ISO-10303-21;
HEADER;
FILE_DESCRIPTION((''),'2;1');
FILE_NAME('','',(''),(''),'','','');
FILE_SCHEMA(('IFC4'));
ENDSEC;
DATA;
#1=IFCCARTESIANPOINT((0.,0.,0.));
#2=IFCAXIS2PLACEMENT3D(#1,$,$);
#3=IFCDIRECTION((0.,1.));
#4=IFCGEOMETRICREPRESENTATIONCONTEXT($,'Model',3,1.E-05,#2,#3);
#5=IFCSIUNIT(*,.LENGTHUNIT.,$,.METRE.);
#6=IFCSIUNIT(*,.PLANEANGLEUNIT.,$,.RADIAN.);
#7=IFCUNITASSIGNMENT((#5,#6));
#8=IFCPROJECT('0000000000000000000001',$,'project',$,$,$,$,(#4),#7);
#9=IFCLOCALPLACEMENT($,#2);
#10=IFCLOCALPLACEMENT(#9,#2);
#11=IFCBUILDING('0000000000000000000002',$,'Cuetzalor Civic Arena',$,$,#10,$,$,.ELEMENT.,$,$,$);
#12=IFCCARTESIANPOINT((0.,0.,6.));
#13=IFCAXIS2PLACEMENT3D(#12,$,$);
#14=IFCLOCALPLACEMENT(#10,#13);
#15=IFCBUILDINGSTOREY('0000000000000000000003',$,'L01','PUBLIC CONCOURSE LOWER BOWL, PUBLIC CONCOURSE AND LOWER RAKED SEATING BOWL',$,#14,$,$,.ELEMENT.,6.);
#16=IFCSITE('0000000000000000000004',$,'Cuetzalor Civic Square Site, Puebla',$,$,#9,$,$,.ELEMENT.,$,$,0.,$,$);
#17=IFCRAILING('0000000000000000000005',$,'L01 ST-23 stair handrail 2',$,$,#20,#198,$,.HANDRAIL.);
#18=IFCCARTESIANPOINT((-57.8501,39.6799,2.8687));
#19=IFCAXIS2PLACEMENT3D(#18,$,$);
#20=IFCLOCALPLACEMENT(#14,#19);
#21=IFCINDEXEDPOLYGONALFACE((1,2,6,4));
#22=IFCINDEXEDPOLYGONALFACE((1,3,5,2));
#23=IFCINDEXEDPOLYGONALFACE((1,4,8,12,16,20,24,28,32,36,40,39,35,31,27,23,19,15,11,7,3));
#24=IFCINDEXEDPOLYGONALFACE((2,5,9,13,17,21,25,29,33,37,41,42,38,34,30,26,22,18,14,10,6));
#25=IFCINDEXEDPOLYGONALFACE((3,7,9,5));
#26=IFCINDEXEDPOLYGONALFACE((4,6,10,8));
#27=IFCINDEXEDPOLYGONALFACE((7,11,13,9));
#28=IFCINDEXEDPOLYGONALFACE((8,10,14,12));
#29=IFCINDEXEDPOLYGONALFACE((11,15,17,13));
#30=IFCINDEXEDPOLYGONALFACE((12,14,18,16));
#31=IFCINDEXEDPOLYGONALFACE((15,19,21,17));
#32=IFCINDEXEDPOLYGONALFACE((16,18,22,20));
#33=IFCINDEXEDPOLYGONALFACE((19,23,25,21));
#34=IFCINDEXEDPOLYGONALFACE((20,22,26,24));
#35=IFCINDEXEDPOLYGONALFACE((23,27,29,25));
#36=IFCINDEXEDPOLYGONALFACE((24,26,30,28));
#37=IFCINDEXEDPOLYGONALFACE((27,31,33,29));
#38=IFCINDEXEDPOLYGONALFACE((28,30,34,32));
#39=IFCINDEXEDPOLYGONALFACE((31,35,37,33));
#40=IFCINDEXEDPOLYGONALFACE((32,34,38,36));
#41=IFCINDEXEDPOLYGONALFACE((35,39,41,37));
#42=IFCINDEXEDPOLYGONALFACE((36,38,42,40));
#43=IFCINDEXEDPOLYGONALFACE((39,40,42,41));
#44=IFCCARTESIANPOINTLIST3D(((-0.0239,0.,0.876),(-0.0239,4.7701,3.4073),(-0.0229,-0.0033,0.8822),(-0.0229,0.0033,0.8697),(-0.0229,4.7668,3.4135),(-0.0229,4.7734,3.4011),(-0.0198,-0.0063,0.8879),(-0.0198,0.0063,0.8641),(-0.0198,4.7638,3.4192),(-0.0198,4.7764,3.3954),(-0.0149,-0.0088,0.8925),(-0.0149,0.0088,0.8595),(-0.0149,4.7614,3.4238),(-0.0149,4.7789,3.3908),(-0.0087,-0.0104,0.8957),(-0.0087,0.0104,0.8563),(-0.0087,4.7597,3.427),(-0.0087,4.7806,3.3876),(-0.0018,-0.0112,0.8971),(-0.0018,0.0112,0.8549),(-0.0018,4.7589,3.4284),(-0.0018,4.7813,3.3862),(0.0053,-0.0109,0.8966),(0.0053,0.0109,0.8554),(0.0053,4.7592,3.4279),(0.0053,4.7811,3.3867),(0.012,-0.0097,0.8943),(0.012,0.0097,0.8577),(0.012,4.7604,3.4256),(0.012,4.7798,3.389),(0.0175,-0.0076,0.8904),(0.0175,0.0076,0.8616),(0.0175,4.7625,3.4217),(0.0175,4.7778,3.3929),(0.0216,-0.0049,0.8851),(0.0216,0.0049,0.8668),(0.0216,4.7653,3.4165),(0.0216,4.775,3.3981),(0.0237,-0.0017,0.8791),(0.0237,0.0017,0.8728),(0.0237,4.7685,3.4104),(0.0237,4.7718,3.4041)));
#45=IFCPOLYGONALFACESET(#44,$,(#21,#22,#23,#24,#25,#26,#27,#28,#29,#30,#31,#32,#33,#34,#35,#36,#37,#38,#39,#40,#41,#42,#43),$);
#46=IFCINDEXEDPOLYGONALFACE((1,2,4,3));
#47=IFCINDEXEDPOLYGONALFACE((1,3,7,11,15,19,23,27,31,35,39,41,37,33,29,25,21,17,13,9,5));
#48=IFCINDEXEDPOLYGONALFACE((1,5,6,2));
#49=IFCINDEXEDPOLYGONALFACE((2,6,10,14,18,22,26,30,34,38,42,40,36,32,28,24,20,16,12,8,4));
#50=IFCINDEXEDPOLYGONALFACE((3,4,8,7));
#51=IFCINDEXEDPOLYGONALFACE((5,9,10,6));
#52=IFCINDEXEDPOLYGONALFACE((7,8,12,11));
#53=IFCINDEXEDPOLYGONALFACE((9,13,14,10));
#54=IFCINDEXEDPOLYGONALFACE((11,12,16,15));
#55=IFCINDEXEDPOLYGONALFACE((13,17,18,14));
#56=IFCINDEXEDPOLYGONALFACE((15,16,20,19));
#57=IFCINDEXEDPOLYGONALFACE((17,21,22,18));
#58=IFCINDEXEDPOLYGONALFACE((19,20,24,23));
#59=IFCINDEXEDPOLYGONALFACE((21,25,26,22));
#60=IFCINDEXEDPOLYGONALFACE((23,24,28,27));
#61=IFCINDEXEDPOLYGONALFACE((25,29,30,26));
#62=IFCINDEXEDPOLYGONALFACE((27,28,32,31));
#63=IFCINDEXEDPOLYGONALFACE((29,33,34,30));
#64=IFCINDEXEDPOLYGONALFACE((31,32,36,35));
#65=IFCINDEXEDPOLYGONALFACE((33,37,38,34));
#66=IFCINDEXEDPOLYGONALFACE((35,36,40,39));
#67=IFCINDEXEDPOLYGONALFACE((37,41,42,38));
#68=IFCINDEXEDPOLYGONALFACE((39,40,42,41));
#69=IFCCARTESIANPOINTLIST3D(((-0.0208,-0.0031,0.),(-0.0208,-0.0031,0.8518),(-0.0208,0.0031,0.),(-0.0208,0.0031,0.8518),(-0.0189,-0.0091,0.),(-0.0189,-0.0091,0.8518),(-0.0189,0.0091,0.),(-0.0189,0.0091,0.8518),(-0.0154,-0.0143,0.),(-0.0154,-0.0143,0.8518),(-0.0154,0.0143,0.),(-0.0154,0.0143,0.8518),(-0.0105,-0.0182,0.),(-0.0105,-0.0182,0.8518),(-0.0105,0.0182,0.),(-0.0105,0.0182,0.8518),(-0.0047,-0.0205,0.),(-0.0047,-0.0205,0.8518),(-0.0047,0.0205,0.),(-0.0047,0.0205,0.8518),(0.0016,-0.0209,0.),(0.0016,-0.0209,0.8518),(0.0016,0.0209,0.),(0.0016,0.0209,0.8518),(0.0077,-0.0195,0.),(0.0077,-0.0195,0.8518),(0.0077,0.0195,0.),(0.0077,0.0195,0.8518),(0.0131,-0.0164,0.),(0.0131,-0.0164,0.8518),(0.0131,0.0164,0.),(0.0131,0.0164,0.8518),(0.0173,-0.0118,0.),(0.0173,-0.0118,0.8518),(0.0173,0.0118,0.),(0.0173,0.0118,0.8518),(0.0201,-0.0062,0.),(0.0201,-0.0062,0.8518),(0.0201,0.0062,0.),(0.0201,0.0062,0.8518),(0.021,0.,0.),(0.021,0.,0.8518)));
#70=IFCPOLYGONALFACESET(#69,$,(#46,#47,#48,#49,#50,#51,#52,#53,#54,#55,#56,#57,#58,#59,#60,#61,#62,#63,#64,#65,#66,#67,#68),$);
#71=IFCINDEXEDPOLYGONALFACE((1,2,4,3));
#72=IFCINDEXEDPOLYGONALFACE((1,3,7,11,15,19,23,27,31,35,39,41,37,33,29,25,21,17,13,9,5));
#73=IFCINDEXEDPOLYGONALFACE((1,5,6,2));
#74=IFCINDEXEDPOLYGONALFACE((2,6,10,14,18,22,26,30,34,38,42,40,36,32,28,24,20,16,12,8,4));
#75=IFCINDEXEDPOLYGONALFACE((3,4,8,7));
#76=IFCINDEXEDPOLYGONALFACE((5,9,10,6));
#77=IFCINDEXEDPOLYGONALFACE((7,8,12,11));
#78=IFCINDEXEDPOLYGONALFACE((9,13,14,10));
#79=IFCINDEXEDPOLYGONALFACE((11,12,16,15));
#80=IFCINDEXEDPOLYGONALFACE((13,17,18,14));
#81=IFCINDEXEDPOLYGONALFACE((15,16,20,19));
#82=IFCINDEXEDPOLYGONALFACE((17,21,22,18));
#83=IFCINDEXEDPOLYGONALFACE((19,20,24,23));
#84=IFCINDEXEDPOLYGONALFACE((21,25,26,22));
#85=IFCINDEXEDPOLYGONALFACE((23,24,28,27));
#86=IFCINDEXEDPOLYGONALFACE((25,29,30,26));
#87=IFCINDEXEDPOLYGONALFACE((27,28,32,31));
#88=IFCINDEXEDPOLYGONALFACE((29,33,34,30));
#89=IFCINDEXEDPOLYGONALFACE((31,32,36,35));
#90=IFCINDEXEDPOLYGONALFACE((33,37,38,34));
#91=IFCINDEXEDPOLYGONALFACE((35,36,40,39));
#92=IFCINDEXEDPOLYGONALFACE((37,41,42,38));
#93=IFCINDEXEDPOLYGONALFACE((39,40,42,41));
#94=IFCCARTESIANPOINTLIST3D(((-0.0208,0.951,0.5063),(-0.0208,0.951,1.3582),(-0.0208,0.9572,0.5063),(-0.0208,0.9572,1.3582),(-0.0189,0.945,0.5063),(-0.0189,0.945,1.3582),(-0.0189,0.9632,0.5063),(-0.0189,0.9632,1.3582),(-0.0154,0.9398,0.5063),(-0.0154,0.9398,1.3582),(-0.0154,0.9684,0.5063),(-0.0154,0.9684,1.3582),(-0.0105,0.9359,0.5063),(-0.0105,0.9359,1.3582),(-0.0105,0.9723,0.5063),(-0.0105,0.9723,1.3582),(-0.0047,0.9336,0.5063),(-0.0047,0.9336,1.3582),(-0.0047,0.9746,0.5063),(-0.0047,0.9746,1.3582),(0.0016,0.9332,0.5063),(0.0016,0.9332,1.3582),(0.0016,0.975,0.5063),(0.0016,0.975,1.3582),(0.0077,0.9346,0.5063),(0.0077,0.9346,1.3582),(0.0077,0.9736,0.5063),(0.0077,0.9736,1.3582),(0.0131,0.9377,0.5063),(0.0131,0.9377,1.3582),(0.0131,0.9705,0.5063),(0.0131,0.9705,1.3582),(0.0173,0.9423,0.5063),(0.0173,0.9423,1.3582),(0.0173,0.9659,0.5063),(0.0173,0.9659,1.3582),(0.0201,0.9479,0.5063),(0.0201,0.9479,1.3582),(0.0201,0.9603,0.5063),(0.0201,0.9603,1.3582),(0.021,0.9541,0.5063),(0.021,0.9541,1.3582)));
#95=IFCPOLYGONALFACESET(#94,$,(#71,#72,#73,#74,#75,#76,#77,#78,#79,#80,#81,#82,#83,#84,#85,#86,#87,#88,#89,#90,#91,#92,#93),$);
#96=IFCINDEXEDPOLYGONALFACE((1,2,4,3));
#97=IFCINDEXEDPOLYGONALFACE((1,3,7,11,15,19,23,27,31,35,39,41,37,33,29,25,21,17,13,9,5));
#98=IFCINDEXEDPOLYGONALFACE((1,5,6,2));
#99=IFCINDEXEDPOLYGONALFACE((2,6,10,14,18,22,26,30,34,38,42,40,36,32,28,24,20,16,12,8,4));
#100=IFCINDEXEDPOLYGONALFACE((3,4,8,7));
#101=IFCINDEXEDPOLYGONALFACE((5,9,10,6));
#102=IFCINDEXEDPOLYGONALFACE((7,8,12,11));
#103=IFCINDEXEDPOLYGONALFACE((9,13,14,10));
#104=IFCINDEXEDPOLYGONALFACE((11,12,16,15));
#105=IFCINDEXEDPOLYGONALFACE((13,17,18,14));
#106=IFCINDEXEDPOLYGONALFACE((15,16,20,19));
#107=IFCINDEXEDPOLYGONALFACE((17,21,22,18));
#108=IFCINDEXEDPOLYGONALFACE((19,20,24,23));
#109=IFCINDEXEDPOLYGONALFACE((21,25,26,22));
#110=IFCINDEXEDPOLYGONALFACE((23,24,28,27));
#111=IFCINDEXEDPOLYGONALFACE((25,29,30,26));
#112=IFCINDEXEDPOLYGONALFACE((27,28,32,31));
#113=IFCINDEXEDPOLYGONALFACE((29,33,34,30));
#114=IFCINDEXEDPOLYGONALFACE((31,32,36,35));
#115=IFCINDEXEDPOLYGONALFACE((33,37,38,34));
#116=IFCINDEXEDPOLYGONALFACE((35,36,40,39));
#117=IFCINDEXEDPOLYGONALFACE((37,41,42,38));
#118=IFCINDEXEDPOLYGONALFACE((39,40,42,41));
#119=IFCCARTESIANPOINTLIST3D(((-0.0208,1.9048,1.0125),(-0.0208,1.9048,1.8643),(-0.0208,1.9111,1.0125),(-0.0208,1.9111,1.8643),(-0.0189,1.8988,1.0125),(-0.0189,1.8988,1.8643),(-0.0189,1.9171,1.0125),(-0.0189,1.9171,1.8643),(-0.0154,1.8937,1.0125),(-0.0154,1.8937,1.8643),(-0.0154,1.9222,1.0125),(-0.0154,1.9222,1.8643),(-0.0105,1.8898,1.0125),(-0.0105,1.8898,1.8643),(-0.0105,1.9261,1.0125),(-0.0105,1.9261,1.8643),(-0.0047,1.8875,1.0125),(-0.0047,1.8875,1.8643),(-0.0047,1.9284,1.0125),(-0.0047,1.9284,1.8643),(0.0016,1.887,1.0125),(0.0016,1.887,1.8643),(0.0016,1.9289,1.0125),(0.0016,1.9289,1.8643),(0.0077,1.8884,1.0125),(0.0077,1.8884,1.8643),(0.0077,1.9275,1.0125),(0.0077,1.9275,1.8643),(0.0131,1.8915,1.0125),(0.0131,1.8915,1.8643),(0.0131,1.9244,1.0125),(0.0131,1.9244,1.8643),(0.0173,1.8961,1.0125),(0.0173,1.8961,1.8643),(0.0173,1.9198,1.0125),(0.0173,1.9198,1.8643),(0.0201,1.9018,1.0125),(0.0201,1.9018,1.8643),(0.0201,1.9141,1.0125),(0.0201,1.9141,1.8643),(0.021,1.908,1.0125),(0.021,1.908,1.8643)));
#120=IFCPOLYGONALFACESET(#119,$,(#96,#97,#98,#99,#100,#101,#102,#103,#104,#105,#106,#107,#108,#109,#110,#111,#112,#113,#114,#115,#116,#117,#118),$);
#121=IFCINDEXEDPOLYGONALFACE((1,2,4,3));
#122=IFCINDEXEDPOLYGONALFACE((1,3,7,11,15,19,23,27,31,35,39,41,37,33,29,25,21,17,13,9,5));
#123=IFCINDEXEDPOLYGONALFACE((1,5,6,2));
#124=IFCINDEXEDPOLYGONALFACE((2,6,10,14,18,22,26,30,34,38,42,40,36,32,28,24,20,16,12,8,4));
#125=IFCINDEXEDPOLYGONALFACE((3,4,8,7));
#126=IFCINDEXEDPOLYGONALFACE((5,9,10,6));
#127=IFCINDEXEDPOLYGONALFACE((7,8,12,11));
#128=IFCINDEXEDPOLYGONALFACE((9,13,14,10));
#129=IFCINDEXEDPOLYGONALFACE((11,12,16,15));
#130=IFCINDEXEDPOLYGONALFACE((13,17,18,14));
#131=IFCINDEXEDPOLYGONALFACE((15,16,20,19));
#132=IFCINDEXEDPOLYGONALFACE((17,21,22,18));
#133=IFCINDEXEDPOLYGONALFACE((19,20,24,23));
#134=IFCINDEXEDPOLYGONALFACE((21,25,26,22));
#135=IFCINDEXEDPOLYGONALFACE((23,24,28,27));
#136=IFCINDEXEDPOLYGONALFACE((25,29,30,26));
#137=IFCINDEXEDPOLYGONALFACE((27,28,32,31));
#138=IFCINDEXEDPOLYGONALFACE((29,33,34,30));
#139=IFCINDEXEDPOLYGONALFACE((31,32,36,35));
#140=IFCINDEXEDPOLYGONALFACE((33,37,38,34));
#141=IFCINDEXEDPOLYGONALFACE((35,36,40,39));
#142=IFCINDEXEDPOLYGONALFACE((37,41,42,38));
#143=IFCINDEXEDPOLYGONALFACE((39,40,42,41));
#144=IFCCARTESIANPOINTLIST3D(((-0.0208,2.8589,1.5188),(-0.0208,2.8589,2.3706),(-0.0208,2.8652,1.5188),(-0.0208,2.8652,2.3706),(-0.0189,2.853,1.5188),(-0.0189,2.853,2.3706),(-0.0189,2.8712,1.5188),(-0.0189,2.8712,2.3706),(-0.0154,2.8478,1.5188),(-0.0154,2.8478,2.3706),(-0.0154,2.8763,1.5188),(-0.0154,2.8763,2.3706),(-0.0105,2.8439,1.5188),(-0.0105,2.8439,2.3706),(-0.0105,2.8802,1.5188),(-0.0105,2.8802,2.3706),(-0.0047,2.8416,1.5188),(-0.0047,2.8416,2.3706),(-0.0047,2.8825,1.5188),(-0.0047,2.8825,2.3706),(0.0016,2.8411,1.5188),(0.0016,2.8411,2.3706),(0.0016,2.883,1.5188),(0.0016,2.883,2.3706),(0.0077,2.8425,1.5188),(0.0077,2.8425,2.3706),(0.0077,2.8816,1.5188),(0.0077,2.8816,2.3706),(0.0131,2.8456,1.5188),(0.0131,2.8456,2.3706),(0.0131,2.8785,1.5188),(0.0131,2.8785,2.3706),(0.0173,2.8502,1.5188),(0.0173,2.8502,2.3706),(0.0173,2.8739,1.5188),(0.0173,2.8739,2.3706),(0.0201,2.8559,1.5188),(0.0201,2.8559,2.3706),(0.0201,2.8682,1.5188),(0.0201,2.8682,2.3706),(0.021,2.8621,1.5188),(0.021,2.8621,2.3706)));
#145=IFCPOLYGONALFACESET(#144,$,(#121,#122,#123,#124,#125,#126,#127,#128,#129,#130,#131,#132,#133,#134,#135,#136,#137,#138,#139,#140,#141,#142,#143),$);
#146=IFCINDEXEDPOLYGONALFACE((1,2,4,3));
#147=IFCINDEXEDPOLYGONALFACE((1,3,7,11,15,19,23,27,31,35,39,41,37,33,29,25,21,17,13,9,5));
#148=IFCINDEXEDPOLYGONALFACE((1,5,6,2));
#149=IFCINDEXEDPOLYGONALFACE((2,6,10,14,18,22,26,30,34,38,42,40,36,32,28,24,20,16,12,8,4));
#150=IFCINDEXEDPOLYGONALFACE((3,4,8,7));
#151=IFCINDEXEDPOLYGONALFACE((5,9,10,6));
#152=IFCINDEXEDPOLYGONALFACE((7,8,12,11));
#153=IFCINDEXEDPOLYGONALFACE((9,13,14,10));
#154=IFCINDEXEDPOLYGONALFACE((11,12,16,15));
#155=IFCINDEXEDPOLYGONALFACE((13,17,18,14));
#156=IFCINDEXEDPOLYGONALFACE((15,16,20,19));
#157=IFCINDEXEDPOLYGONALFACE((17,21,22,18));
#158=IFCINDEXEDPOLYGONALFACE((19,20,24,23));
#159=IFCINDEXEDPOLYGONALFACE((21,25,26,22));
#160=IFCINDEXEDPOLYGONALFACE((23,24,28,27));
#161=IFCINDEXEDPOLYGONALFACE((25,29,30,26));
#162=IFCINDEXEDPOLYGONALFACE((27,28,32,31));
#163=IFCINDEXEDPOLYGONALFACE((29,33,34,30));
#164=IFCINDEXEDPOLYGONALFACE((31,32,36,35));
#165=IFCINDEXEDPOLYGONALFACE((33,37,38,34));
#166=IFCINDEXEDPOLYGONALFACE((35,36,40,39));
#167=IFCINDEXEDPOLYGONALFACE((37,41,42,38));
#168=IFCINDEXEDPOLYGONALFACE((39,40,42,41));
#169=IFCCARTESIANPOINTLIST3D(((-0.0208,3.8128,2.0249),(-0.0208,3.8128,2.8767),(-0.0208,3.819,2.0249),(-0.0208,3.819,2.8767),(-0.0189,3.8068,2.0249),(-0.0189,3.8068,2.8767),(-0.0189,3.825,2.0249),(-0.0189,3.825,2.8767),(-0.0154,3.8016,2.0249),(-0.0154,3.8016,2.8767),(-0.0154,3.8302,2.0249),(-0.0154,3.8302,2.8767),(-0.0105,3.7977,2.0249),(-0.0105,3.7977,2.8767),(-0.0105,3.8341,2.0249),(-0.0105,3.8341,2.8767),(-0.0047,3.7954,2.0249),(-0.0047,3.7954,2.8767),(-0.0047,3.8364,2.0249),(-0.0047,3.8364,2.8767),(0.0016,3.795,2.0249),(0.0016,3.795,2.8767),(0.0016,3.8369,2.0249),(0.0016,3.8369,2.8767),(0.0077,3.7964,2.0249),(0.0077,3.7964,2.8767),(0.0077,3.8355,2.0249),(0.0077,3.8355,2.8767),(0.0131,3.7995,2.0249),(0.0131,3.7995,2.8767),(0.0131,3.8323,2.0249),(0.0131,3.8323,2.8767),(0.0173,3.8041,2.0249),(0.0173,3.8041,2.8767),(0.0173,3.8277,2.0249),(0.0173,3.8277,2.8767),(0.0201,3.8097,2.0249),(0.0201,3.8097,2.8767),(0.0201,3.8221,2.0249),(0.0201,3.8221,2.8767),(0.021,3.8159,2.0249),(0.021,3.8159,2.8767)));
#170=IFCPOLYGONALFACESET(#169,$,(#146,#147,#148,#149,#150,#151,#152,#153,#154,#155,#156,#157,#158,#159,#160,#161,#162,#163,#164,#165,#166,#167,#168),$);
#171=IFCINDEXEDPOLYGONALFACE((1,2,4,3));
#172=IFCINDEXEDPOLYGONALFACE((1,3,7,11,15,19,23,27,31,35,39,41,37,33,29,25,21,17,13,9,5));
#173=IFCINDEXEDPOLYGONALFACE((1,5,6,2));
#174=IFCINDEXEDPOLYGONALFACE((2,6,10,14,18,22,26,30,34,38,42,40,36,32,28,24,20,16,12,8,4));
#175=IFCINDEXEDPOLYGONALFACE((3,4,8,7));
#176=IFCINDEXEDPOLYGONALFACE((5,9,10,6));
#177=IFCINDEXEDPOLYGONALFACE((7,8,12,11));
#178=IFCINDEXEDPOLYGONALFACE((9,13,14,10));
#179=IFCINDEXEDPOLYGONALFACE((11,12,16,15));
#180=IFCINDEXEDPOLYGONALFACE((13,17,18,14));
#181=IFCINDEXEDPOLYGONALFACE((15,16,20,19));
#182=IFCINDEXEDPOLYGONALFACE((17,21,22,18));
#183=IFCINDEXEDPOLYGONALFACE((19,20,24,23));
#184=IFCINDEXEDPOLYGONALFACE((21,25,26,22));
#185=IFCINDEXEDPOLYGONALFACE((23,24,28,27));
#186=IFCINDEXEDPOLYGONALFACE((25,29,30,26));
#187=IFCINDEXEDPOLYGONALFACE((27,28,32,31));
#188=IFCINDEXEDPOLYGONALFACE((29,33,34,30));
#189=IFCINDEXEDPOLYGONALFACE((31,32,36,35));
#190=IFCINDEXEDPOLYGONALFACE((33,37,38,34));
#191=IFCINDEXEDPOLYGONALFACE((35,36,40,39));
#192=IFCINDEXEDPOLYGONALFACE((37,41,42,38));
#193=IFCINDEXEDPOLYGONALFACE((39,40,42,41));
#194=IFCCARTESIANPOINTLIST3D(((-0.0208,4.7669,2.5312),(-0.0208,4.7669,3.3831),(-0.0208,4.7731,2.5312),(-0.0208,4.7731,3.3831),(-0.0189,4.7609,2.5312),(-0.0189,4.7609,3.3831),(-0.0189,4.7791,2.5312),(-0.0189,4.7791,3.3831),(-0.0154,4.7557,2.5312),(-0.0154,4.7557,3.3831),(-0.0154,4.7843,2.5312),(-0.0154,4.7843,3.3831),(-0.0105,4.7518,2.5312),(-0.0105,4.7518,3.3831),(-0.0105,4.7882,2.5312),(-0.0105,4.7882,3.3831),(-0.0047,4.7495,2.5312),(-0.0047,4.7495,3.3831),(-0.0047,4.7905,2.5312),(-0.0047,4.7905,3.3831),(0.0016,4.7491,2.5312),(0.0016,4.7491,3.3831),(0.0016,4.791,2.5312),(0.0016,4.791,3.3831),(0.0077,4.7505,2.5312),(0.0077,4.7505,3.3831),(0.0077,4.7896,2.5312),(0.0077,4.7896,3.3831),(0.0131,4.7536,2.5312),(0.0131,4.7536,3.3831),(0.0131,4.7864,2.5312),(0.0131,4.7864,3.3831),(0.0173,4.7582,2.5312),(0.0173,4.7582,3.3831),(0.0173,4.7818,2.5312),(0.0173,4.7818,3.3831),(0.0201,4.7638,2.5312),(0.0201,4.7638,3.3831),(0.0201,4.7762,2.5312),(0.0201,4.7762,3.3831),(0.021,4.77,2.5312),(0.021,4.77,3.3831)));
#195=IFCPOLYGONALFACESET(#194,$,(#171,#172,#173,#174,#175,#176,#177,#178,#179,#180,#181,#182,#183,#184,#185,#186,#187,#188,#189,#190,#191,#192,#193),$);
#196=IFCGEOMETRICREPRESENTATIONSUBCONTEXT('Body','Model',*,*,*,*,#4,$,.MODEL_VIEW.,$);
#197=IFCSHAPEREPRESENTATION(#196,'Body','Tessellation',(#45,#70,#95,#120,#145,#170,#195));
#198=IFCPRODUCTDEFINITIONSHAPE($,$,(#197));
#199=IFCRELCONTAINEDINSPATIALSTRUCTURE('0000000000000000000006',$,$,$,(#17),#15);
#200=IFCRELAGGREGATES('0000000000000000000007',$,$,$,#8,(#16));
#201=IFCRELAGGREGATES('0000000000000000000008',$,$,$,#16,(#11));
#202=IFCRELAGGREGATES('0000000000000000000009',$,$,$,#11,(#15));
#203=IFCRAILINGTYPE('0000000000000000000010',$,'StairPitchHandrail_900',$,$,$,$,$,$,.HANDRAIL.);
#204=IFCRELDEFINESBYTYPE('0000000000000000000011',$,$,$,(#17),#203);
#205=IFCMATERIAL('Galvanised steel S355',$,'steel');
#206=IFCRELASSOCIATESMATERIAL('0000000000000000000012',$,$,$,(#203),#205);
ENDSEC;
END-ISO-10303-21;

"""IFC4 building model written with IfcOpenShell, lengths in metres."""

from ifc_helpers import new_model, si_unit, direction, frame, origin, origin_2d, place, context, subcontext, project, spatial, circle, extrude, material, type_object, element, save


model = new_model("IFC4")

# Units and contexts
model_context = context("Model", 3, precision=1e-05, world=origin(), true_north=direction((0.0, 1.0)))
body_context = subcontext(model_context, "Body", "Model", "MODEL_VIEW")
ifc_project = project(units=[si_unit("LENGTHUNIT", "METRE"), si_unit("PLANEANGLEUNIT", "RADIAN")], contexts=[model_context])

# Site, building, storey
site_placement = place(None, origin())
site = spatial("IfcSite", under=ifc_project, at=site_placement, Name="Cuetzalor Civic Square Site, Puebla", CompositionType="ELEMENT", RefElevation=0.0)
building_placement = place(site_placement, origin())
building = spatial("IfcBuilding", under=site, at=building_placement, Name="Cuetzalor Civic Arena", CompositionType="ELEMENT")
storey_placement = place(building_placement, frame((0.0, 0.0, 6.0)))
storey = spatial("IfcBuildingStorey", under=building, at=storey_placement, Name="L01", Description="PUBLIC CONCOURSE LOWER BOWL, PUBLIC CONCOURSE AND LOWER RAKED SEATING BOWL", CompositionType="ELEMENT", Elevation=6.0)

# Railing
ifc_material_1 = material(Name="Galvanised steel S355", Category="steel")
railing_type_1 = type_object("IfcRailingType", Name="StairPitchHandrail_900", PredefinedType="HANDRAIL", material=ifc_material_1)
railing_1_placement = place(storey_placement, frame((-57.8501, 39.6799, 2.8687)))
element("IfcRailing", 1, at=railing_1_placement, inside=storey, type_object=railing_type_1, Name="L01 ST-23 stair handrail 2", PredefinedType="HANDRAIL", context=body_context, shape_type="SweptSolid", body=[
    extrude(circle(Radius=0.0239, at=origin_2d()), frame((0.0, 0.0, 0.876), z_axis=(0.0, 0.883332, 0.468747), x_axis=(-1.0, 0.0, 0.0)), (0.0, 0.0, 1.0), 5.4001),
    extrude(circle(Radius=0.021, at=origin_2d()), origin(), (0.0, 0.0, 1.0), 0.8518),
    extrude(circle(Radius=0.021, at=origin_2d()), frame((0.0, 0.9541, 0.5063)), (0.0, 0.0, 1.0), 0.8518),
    extrude(circle(Radius=0.021, at=origin_2d()), frame((0.0, 1.908, 1.0125)), (0.0, 0.0, 1.0), 0.8518),
    extrude(circle(Radius=0.021, at=origin_2d()), frame((0.0, 2.8621, 1.5188)), (0.0, 0.0, 1.0), 0.8518),
    extrude(circle(Radius=0.021, at=origin_2d()), frame((0.0, 3.8159, 2.0249)), (0.0, 0.0, 1.0), 0.8518),
    extrude(circle(Radius=0.021, at=origin_2d()), frame((0.0, 4.77, 2.5312)), (0.0, 0.0, 1.0), 0.8518),
])

save(model, "model.ifc")
